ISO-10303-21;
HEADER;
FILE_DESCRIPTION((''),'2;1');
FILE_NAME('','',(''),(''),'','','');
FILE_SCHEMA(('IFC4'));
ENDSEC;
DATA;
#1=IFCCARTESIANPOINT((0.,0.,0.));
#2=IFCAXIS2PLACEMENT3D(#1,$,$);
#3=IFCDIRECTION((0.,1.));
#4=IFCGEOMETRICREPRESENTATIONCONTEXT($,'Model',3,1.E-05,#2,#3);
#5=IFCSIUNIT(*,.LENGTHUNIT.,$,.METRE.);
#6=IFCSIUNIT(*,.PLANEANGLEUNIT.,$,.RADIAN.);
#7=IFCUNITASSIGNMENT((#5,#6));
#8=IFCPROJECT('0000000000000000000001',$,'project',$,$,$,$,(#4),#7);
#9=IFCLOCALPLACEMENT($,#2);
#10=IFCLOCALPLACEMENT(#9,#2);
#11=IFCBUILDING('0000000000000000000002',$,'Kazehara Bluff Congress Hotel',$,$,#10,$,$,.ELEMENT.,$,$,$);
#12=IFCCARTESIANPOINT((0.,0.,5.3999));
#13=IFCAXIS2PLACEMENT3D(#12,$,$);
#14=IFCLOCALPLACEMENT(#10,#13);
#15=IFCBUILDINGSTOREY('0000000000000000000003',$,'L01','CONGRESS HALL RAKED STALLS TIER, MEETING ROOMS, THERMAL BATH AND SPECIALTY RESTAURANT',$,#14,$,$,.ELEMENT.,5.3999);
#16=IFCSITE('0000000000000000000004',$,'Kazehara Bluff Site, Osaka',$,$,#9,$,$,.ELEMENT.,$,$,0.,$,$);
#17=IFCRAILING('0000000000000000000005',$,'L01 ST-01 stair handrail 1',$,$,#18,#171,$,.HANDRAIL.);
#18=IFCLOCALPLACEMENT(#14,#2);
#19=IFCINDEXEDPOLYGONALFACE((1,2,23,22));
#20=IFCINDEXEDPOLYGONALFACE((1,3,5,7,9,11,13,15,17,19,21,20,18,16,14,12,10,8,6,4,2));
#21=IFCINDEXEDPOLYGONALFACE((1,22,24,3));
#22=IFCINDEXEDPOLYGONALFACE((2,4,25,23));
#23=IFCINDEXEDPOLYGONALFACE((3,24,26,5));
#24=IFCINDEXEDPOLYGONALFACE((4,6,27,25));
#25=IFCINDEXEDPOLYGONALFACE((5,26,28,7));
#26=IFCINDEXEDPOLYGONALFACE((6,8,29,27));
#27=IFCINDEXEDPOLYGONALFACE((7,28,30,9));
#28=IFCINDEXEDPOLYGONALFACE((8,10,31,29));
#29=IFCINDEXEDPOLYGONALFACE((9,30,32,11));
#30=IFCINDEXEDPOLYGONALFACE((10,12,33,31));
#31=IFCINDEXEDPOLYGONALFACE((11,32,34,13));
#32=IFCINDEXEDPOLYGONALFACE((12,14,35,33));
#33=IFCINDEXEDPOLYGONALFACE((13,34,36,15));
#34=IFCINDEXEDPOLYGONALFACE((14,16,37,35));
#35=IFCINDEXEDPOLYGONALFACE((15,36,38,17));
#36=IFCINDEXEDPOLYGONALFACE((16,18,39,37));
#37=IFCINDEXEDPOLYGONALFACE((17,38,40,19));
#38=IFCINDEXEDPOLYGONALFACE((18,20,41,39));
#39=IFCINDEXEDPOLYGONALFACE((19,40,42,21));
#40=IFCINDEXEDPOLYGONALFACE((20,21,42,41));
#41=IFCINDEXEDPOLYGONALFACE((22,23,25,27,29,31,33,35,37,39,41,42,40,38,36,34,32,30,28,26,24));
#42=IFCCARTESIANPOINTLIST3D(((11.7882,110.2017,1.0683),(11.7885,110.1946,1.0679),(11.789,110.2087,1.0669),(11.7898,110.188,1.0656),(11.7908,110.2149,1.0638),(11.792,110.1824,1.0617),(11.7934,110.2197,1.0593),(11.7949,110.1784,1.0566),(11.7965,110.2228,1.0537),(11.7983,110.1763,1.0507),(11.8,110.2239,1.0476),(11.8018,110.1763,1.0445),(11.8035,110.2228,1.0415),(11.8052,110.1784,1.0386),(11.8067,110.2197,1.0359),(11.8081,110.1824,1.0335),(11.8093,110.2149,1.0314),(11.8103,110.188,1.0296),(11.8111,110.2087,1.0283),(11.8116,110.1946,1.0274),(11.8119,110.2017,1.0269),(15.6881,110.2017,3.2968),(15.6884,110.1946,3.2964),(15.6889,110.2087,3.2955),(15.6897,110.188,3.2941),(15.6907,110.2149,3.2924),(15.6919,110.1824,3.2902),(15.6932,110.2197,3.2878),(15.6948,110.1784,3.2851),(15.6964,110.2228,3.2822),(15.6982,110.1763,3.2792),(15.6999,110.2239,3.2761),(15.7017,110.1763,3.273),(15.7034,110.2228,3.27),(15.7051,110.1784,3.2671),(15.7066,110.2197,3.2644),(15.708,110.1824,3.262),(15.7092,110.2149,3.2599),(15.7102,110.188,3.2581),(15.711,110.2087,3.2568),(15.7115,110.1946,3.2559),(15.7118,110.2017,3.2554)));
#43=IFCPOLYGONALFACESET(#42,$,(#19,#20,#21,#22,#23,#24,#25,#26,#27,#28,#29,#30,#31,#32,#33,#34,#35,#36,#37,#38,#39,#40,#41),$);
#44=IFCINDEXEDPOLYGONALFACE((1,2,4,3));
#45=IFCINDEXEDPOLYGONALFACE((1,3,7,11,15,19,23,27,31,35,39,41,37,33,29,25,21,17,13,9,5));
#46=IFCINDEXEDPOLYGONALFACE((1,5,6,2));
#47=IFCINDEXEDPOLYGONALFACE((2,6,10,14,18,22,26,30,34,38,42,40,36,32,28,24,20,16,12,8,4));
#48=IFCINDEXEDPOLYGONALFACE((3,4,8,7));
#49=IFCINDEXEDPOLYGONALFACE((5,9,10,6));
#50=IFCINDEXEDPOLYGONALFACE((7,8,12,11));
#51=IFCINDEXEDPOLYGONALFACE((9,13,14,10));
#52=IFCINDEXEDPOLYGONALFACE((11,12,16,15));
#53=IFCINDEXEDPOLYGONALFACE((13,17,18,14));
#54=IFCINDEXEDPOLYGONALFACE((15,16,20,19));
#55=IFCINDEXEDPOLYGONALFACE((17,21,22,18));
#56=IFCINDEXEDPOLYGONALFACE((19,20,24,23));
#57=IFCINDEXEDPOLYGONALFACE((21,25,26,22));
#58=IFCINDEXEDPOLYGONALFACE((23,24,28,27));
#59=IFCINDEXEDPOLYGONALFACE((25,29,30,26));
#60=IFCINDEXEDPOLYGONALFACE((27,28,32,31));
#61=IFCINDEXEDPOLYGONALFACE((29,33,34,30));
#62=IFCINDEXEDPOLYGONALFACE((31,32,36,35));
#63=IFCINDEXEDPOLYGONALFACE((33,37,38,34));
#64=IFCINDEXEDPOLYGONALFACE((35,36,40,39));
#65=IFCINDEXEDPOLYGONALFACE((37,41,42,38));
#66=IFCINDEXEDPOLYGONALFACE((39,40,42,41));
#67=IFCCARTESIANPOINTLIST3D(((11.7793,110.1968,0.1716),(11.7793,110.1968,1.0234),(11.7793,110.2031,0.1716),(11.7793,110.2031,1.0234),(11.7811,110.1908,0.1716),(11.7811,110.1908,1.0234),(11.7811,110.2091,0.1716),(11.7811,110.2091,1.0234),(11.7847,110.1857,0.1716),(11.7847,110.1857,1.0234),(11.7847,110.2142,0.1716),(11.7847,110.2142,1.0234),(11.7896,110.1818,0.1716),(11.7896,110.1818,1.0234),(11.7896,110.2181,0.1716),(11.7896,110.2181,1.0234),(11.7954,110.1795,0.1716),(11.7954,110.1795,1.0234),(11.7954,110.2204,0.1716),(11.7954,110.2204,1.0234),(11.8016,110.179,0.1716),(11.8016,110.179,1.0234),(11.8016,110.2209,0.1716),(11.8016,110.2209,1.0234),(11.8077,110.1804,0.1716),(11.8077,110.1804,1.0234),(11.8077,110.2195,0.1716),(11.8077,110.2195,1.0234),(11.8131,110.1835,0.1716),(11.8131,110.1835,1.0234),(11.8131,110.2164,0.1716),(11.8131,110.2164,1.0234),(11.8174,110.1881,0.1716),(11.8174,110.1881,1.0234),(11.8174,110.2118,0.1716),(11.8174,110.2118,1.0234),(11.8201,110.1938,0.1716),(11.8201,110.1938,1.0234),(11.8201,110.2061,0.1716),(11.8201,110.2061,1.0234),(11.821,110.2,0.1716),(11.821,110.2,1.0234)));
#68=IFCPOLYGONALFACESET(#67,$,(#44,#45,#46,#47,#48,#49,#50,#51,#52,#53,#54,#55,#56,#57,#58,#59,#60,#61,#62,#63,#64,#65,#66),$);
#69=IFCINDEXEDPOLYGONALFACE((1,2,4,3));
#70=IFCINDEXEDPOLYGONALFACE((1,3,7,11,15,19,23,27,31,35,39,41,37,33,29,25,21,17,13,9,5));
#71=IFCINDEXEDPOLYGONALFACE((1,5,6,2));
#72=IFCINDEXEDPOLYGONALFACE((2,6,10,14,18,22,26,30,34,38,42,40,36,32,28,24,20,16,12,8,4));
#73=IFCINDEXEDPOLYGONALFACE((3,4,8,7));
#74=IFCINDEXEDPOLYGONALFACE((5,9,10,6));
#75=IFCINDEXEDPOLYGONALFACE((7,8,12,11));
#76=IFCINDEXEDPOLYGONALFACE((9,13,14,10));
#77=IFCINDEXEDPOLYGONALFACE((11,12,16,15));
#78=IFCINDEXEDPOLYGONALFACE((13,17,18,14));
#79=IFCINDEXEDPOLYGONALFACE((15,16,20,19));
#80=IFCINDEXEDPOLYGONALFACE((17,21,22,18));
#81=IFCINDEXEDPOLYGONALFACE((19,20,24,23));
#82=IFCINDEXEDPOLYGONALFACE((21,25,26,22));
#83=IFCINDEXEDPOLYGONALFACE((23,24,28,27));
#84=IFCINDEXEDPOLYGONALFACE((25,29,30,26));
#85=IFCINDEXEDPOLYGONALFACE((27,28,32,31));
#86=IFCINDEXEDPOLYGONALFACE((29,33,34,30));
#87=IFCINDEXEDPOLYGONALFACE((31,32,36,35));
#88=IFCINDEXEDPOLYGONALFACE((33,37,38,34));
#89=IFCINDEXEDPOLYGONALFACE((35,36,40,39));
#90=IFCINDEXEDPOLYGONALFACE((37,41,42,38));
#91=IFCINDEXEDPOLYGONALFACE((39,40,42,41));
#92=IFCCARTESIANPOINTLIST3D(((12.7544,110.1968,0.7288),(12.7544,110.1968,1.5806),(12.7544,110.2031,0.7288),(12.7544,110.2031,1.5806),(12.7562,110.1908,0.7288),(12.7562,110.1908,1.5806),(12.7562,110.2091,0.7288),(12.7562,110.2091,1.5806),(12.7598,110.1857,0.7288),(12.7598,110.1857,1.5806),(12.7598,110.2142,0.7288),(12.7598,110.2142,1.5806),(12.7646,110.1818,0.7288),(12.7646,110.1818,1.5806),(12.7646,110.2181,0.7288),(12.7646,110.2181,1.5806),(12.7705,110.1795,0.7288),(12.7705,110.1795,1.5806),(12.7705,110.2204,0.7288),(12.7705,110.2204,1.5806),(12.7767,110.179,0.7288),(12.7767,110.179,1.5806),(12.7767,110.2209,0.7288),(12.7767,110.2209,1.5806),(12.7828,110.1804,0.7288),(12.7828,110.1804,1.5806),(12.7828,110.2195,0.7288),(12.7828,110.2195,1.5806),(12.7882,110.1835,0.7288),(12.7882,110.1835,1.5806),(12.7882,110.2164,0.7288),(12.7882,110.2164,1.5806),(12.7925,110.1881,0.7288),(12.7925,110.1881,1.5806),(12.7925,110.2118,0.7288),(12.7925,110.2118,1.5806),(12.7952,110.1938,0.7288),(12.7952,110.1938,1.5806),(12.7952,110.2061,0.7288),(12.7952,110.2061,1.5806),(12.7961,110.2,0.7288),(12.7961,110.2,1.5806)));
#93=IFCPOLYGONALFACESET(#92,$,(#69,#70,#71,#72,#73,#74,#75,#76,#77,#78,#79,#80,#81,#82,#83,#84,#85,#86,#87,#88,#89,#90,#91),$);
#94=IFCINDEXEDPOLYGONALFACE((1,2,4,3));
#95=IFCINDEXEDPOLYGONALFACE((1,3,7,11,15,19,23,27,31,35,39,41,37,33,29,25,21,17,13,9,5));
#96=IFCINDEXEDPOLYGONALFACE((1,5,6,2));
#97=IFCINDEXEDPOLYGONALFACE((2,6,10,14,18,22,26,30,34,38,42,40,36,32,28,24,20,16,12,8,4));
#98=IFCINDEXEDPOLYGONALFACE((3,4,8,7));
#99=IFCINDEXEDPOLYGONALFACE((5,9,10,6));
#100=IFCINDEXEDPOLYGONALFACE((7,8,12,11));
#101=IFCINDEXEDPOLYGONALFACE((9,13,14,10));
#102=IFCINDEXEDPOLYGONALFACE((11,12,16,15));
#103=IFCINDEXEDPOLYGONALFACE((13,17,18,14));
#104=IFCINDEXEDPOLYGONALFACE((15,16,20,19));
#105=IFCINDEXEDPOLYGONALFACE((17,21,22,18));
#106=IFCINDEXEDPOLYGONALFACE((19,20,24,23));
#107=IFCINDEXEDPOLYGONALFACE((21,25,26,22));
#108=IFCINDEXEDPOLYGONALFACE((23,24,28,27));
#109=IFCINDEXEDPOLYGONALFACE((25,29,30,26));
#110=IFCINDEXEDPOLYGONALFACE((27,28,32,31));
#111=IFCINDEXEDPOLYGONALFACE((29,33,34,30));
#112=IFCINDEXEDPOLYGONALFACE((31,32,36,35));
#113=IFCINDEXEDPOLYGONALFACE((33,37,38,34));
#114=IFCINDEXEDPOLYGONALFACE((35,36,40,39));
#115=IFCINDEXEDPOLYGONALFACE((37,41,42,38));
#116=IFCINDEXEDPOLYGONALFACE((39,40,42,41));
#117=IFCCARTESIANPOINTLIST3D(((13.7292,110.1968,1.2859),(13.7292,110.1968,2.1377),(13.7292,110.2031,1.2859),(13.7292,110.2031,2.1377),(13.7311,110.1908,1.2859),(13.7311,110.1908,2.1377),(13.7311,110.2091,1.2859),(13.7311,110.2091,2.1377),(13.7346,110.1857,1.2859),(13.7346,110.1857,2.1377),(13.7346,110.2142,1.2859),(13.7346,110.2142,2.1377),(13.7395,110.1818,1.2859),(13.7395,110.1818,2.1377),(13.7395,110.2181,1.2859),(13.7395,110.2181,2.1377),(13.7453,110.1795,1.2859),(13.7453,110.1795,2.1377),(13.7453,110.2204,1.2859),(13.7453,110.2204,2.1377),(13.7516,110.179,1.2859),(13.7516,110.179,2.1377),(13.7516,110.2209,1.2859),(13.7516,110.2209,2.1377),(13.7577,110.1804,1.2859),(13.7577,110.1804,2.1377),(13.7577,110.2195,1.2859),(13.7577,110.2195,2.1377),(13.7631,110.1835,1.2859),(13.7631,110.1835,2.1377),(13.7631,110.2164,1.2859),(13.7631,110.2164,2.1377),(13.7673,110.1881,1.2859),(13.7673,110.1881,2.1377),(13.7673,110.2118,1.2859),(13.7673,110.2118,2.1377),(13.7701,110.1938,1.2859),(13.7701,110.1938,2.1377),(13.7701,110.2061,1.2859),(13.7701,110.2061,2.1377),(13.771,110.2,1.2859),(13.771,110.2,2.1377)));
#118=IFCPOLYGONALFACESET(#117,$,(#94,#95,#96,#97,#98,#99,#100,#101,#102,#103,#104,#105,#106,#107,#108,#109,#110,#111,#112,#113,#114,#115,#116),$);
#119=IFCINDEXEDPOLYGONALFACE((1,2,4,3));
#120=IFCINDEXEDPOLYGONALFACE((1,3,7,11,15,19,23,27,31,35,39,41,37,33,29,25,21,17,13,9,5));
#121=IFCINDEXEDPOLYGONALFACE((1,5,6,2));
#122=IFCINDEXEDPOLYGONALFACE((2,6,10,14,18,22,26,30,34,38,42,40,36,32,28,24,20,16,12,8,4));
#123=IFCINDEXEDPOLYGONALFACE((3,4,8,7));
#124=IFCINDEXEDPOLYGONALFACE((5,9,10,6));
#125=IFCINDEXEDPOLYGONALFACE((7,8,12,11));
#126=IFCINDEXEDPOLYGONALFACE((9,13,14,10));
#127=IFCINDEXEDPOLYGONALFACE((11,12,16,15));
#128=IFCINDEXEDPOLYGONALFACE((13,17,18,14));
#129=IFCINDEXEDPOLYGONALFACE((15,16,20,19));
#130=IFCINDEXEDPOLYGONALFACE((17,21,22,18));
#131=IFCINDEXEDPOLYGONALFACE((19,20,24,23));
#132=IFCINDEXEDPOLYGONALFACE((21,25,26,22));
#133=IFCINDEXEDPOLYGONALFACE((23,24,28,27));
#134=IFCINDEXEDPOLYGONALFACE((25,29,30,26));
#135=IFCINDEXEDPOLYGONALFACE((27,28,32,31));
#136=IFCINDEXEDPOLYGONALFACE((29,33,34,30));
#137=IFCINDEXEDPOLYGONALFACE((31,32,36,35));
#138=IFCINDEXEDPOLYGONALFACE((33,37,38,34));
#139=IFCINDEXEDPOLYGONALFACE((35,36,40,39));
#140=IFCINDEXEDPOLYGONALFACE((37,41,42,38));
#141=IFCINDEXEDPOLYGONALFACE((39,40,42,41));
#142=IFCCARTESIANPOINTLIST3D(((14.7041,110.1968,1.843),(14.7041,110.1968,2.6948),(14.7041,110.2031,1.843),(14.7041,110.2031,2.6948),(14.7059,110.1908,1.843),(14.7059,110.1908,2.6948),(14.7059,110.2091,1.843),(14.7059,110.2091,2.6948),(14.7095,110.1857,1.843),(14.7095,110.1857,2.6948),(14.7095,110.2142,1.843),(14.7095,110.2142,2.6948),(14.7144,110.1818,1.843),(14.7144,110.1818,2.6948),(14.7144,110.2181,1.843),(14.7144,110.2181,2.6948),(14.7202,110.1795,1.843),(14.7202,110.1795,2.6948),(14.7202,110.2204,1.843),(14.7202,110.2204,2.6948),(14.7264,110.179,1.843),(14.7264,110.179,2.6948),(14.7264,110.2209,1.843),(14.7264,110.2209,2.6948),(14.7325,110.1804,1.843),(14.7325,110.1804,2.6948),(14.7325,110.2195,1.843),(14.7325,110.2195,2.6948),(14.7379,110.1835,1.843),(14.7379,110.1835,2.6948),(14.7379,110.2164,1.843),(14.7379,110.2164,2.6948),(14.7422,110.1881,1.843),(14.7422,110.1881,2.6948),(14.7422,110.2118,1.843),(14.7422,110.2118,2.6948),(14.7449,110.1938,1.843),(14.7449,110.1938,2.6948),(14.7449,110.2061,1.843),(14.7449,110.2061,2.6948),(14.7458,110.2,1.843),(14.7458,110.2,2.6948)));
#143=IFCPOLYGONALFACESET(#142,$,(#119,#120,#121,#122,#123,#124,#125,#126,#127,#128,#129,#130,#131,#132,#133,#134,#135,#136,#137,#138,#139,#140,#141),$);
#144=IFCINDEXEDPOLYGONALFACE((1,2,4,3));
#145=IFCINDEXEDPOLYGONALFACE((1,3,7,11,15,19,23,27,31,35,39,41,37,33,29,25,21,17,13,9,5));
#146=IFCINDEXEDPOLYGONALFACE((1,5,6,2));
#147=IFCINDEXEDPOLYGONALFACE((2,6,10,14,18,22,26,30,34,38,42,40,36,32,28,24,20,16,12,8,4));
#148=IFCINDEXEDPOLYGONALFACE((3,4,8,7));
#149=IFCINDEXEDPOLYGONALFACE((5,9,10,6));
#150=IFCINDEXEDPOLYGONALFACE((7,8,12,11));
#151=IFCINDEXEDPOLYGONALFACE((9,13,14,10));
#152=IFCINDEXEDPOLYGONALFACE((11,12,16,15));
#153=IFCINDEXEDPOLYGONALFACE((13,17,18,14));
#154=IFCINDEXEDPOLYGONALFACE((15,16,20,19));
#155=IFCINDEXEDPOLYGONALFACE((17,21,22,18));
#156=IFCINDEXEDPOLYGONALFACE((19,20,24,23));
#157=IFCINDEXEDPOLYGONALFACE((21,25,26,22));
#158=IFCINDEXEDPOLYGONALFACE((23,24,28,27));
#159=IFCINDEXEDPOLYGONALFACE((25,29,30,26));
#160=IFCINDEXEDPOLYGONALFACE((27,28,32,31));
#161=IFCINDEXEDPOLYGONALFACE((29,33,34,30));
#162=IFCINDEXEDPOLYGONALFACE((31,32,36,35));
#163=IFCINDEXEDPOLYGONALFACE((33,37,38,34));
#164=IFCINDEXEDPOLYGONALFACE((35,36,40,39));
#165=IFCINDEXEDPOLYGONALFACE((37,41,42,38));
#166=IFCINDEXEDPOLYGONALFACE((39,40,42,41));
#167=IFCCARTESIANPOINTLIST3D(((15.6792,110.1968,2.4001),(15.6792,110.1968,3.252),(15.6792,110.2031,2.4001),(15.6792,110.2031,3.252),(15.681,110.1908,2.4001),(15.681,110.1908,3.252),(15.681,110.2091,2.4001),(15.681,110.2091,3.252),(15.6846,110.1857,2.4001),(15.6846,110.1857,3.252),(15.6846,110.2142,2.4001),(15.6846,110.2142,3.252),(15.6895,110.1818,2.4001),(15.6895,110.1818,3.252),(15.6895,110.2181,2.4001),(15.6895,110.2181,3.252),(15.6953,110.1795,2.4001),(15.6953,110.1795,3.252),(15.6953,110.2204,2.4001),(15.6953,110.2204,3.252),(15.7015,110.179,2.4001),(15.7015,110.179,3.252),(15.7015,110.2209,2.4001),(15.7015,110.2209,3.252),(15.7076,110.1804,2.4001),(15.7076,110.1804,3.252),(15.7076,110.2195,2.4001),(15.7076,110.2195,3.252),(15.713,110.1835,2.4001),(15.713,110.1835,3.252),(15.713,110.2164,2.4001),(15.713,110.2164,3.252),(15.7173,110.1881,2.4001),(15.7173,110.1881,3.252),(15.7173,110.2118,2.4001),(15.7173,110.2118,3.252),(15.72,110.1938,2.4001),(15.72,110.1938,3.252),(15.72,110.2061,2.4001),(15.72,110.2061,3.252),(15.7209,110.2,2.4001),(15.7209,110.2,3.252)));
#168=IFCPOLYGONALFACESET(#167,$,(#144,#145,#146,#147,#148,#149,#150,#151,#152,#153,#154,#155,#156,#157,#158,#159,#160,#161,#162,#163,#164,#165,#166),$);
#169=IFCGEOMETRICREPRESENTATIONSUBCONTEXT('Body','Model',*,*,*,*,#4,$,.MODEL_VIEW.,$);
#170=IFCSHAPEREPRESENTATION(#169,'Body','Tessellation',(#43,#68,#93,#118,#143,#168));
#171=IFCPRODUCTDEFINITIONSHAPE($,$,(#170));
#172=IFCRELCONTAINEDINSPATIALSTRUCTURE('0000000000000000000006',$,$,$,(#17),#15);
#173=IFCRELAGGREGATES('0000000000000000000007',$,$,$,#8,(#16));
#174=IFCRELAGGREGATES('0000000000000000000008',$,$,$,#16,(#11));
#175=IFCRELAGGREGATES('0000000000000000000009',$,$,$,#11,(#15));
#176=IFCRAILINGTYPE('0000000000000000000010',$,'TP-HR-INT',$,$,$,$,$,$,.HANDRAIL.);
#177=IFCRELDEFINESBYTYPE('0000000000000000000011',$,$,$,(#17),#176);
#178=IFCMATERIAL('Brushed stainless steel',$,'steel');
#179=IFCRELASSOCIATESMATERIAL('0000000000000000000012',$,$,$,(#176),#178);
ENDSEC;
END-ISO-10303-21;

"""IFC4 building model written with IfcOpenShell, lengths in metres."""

from ifc_helpers import new_model, si_unit, direction, frame, origin, origin_2d, place, context, subcontext, project, spatial, circle, extrude, material, type_object, element, save


model = new_model("IFC4")

# Units and contexts
model_context = context("Model", 3, precision=1e-05, world=origin(), true_north=direction((0.0, 1.0)))
body_context = subcontext(model_context, "Body", "Model", "MODEL_VIEW")
ifc_project = project(units=[si_unit("LENGTHUNIT", "METRE"), si_unit("PLANEANGLEUNIT", "RADIAN")], contexts=[model_context])

# Site, building, storey
site_placement = place(None, origin())
site = spatial("IfcSite", under=ifc_project, at=site_placement, Name="Kazehara Bluff Site, Osaka", CompositionType="ELEMENT", RefElevation=0.0)
building_placement = place(site_placement, origin())
building = spatial("IfcBuilding", under=site, at=building_placement, Name="Kazehara Bluff Congress Hotel", CompositionType="ELEMENT")
storey_placement = place(building_placement, frame((0.0, 0.0, 5.3999)))
storey = spatial("IfcBuildingStorey", under=building, at=storey_placement, Name="L01", Description="CONGRESS HALL RAKED STALLS TIER, MEETING ROOMS, THERMAL BATH AND SPECIALTY RESTAURANT", CompositionType="ELEMENT", Elevation=5.3999)

# Railing
ifc_material_1 = material(Name="Brushed stainless steel", Category="steel")
railing_type_1 = type_object("IfcRailingType", Name="TP-HR-INT", PredefinedType="HANDRAIL", material=ifc_material_1)
railing_1_placement = place(storey_placement, frame((11.8, 110.2, 0.1716)))
element("IfcRailing", 1, at=railing_1_placement, inside=storey, type_object=railing_type_1, Name="L01 ST-01 stair handrail 1", PredefinedType="HANDRAIL", context=body_context, shape_type="SweptSolid", body=[
    extrude(circle(Radius=0.0239, at=origin_2d()), frame((0.0, 0.0, 0.876), z_axis=(0.868243, 0.0, 0.496139), x_axis=(0.0, 1.0, 0.0)), (0.0, 0.0, 1.0), 4.4917),
    extrude(circle(Radius=0.021, at=origin_2d()), origin(), (0.0, 0.0, 1.0), 0.8518),
    extrude(circle(Radius=0.021, at=origin_2d()), frame((0.9751, 0.0, 0.5571)), (0.0, 0.0, 1.0), 0.8518),
    extrude(circle(Radius=0.021, at=origin_2d()), frame((1.95, 0.0, 1.1143)), (0.0, 0.0, 1.0), 0.8518),
    extrude(circle(Radius=0.021, at=origin_2d()), frame((2.9248, 0.0, 1.6714)), (0.0, 0.0, 1.0), 0.8518),
    extrude(circle(Radius=0.021, at=origin_2d()), frame((3.8999, 0.0, 2.2285)), (0.0, 0.0, 1.0), 0.8518),
])

save(model, "model.ifc")
